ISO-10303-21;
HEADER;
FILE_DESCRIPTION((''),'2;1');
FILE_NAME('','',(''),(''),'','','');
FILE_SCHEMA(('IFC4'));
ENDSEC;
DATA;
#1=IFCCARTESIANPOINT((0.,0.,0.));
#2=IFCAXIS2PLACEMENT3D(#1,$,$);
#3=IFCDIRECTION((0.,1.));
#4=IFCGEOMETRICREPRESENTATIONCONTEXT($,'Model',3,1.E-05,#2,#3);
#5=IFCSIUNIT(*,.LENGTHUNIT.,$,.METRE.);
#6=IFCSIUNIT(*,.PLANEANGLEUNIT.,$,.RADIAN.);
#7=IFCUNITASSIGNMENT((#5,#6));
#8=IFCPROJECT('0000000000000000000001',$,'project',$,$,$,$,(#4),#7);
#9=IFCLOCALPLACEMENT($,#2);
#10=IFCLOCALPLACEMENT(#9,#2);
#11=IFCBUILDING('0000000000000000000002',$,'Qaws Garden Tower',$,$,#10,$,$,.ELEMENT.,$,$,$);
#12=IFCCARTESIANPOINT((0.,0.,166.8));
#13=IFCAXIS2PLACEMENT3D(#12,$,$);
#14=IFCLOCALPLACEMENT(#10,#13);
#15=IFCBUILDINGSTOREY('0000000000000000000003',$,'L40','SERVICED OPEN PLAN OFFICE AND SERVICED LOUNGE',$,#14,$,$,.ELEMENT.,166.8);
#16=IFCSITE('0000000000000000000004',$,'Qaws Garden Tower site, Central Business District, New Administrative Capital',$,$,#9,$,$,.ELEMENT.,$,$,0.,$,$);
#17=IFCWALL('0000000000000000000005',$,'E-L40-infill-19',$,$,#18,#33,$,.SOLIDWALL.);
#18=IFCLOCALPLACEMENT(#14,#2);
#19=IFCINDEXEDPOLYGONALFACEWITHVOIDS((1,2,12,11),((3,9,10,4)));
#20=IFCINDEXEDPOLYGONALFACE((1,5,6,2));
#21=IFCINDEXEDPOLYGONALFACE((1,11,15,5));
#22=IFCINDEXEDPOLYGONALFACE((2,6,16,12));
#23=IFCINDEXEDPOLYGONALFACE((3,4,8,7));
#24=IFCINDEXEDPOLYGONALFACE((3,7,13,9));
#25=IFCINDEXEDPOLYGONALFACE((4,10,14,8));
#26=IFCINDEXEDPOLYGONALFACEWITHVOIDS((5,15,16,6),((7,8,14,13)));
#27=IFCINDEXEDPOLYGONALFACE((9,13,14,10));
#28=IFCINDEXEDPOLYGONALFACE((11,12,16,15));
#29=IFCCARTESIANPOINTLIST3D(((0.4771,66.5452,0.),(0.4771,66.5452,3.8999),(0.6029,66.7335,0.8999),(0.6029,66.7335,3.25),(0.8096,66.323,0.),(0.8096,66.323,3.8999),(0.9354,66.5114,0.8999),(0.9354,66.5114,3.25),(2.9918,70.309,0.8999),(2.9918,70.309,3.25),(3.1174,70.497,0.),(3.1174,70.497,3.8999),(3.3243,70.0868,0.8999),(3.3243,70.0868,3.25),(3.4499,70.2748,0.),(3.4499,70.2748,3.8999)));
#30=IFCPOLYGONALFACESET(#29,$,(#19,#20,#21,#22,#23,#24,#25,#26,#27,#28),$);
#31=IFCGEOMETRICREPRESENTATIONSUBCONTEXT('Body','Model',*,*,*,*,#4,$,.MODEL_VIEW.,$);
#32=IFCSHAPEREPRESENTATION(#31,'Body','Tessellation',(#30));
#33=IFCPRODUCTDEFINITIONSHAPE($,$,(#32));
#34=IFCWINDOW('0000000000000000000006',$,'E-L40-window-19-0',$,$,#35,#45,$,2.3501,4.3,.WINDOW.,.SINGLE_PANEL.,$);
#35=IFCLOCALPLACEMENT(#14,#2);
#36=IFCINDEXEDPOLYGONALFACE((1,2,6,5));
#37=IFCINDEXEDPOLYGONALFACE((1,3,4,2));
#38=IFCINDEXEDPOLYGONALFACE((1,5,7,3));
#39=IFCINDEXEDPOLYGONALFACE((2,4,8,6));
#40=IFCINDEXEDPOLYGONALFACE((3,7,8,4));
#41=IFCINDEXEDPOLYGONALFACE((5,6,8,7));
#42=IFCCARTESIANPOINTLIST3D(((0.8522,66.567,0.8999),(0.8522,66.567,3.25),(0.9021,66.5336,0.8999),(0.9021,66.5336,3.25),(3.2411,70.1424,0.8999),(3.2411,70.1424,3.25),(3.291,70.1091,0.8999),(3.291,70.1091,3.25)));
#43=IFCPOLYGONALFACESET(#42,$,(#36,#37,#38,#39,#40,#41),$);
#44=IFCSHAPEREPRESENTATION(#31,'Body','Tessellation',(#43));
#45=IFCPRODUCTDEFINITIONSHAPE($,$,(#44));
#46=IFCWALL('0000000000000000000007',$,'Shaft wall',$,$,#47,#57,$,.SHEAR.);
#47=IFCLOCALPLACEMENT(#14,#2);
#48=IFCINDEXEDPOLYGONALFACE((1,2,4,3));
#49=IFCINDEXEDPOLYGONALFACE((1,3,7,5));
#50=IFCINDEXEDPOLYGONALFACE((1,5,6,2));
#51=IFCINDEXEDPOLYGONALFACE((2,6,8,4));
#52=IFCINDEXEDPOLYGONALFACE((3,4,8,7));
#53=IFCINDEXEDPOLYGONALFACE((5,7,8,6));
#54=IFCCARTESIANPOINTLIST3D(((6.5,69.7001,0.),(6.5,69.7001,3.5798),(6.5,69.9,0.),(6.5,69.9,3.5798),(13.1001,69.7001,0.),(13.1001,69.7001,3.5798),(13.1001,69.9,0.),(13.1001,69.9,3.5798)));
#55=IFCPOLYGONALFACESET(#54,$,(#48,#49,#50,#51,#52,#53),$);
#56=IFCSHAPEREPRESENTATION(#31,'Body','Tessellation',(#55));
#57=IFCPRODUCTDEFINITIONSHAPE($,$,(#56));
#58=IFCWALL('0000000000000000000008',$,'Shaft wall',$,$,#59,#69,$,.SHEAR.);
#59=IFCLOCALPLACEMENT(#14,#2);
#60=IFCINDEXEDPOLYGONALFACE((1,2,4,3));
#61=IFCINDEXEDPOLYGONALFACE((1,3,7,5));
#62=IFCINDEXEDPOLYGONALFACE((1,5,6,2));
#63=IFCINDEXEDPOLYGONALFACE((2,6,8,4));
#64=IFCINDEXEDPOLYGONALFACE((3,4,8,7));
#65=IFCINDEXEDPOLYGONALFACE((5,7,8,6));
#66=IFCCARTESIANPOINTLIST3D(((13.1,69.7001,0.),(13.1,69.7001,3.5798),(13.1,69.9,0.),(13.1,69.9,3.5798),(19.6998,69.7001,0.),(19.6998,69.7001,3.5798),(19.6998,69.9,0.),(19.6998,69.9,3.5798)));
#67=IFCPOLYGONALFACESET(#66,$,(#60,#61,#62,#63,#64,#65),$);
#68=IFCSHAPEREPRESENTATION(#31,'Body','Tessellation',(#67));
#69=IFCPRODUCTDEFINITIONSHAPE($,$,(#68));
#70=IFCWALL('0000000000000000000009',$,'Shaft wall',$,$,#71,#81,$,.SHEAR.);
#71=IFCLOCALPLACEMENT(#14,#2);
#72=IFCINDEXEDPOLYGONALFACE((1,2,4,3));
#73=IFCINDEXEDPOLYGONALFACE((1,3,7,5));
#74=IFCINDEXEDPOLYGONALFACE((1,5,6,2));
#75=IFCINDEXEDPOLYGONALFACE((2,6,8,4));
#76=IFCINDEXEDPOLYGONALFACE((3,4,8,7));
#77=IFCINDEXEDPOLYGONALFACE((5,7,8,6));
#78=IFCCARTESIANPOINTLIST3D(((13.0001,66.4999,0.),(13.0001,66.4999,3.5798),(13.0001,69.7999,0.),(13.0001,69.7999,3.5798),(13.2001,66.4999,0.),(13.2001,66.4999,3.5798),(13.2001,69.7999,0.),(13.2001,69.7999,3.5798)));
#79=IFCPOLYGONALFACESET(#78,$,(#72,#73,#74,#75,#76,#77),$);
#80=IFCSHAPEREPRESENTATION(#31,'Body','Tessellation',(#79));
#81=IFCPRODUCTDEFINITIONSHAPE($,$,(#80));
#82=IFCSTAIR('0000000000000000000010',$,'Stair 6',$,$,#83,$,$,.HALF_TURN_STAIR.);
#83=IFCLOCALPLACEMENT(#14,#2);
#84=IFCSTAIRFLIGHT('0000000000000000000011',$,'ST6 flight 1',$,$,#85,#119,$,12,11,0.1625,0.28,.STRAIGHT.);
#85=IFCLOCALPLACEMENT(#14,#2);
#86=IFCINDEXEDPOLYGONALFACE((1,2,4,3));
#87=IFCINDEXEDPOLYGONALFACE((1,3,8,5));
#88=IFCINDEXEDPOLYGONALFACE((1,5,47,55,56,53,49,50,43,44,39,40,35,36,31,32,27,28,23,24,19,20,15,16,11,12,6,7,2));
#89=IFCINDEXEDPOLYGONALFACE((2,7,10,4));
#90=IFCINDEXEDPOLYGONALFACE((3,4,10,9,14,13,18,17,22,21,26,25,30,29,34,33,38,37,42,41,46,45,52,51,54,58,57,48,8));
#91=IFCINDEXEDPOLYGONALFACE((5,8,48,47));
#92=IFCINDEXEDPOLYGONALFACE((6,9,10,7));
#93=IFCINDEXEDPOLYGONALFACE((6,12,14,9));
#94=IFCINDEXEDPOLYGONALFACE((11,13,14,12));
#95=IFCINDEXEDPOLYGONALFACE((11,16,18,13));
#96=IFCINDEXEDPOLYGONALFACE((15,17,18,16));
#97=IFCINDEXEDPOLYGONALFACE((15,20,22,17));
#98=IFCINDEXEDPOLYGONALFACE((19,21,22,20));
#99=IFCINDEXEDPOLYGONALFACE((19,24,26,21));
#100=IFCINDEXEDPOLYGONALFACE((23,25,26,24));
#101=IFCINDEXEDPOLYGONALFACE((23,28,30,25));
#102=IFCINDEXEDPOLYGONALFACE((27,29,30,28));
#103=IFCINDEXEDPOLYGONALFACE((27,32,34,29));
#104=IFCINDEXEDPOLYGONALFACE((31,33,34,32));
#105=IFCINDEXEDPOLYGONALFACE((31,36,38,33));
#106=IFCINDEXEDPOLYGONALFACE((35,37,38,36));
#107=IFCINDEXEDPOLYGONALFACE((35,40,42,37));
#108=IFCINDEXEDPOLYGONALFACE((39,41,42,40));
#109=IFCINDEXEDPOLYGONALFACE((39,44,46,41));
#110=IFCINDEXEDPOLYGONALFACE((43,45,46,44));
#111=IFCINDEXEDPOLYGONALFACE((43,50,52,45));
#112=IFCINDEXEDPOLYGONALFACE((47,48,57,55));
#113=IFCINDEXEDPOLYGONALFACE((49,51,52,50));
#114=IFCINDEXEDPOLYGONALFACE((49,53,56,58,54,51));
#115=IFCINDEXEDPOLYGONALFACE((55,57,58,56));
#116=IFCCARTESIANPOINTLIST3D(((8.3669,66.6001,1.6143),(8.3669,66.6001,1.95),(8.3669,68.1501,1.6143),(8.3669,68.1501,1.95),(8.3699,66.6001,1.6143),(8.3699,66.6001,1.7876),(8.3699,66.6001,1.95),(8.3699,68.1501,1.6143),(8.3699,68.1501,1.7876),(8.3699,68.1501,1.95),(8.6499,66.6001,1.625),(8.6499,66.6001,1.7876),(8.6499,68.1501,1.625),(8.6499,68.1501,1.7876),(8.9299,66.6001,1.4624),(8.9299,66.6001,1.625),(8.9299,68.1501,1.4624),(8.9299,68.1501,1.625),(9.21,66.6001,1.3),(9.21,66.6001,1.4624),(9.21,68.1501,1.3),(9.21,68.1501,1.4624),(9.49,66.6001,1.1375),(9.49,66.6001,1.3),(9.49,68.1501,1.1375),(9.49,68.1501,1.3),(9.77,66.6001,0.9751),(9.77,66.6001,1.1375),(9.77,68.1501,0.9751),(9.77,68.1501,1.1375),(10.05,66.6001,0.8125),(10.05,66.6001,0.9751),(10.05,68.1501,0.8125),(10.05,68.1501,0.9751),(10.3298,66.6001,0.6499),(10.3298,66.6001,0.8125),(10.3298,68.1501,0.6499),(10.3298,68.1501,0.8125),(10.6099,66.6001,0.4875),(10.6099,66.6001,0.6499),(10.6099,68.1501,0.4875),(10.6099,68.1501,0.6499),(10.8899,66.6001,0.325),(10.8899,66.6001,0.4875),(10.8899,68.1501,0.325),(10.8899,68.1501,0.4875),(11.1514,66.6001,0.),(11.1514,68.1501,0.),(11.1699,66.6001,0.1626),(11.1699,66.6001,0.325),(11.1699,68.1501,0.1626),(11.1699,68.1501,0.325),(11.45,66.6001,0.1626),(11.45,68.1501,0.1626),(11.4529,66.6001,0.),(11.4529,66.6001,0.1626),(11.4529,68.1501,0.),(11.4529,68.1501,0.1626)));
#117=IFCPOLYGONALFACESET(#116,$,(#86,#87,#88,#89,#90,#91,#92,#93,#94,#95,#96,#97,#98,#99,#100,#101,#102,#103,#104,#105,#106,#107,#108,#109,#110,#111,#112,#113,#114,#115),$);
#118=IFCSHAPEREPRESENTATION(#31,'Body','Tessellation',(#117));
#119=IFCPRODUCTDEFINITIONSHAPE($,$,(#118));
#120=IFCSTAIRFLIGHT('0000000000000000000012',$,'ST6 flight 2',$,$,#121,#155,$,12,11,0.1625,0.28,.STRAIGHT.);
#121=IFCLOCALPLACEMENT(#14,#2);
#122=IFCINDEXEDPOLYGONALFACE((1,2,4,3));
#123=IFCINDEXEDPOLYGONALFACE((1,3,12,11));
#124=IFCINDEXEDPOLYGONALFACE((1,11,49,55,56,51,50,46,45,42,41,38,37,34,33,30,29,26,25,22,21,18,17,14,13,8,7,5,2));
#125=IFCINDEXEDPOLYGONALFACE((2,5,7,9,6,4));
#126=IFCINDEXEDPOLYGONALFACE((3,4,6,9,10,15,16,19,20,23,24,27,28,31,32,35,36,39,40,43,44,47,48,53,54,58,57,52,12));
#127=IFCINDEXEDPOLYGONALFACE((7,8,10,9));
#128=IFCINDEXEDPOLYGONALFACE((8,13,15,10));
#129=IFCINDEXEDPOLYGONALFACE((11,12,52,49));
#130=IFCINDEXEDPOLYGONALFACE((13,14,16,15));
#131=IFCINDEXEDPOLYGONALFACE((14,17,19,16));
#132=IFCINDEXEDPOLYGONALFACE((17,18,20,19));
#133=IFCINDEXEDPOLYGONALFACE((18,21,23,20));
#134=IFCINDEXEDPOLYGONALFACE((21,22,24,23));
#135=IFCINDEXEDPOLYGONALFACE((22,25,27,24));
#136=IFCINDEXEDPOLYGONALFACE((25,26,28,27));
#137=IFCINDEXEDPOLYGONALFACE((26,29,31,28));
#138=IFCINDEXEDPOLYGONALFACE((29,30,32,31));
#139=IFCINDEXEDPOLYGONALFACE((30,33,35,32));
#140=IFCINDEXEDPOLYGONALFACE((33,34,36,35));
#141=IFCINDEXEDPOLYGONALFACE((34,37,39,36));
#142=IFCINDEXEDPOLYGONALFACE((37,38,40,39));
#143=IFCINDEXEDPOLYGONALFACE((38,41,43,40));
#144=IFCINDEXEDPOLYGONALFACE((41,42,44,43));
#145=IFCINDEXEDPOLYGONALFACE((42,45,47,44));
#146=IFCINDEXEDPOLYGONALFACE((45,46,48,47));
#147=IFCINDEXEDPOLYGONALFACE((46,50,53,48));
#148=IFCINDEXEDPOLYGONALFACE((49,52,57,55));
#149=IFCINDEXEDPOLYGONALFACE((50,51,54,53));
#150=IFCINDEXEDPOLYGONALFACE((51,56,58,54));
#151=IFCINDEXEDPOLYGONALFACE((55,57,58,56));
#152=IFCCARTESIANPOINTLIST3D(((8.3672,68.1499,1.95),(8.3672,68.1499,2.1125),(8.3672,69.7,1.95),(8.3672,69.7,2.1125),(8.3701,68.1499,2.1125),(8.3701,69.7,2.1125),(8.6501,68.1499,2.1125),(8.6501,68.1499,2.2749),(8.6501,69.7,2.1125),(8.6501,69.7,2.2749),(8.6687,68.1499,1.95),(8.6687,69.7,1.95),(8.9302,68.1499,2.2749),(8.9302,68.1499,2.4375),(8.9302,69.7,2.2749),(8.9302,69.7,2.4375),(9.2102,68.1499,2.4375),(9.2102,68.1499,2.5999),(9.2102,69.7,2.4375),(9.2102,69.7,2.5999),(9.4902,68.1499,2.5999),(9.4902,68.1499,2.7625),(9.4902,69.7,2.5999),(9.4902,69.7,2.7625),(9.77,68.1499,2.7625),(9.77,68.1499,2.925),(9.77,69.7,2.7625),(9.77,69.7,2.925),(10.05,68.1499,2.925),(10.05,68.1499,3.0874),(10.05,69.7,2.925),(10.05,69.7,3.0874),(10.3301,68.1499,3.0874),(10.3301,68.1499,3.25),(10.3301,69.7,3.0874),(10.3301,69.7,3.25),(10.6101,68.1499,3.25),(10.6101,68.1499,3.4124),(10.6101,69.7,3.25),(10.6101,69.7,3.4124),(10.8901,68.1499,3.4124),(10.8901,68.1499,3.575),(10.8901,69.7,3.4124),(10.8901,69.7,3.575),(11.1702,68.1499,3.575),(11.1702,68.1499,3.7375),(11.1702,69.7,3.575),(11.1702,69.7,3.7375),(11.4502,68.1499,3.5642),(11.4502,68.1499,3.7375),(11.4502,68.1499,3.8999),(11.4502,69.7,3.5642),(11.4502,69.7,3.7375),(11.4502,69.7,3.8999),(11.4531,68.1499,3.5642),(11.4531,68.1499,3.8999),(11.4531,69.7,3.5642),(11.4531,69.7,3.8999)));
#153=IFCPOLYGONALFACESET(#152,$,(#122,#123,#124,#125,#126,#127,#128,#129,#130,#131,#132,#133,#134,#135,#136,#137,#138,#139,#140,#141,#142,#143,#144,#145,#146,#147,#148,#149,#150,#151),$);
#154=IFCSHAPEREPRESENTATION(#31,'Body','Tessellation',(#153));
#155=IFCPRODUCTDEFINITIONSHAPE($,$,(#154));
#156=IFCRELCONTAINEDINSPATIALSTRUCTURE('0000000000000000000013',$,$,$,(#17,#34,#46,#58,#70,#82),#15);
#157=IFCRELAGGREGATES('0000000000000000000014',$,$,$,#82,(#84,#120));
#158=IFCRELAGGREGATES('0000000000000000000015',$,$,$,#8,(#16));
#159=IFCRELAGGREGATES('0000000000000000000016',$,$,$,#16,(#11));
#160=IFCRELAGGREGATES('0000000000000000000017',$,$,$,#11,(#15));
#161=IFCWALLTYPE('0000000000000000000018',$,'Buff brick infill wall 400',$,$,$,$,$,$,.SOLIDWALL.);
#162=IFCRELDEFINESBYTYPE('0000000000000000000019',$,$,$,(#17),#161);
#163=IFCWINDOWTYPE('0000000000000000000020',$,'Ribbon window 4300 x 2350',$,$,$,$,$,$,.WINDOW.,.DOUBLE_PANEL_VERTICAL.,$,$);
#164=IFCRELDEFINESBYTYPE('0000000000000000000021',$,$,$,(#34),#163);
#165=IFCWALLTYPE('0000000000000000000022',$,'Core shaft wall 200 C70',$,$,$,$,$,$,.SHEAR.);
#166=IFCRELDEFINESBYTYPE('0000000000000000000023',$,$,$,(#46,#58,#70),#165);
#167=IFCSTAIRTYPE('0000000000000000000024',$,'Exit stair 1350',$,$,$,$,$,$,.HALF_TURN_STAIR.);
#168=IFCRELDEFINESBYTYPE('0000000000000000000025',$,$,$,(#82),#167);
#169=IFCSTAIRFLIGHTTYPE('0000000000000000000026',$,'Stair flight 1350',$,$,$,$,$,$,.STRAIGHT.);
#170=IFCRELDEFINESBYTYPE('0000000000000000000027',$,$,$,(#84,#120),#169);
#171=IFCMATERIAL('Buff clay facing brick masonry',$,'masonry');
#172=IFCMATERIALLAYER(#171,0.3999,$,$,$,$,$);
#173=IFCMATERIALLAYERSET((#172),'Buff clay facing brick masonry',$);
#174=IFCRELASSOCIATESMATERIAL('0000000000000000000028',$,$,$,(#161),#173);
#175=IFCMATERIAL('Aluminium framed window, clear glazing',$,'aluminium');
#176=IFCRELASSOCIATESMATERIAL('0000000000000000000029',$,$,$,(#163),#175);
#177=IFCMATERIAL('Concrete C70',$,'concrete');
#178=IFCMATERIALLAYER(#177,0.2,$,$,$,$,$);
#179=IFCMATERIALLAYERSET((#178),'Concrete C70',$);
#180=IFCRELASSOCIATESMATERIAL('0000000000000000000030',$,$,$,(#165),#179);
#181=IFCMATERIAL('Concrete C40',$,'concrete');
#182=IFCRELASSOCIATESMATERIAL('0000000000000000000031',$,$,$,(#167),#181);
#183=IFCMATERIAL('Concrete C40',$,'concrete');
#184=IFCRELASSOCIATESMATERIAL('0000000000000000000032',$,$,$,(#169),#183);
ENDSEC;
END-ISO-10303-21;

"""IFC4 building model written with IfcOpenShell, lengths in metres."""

from ifc_helpers import new_model, si_unit, direction, frame, frame_2d, origin, place, context, subcontext, project, spatial, polyline, rectangle, outline, extrude, material, layer, layer_set, type_object, element, fill, aggregate, save


model = new_model("IFC4")

# Units and contexts
model_context = context("Model", 3, precision=1e-05, world=origin(), true_north=direction((0.0, 1.0)))
body_context = subcontext(model_context, "Body", "Model", "MODEL_VIEW")
ifc_project = project(units=[si_unit("LENGTHUNIT", "METRE"), si_unit("PLANEANGLEUNIT", "RADIAN")], contexts=[model_context])

# Site, building, storey
site_placement = place(None, origin())
site = spatial("IfcSite", under=ifc_project, at=site_placement, Name="Qaws Garden Tower site, Central Business District, New Administrative Capital", CompositionType="ELEMENT", RefElevation=0.0)
building_placement = place(site_placement, origin())
building = spatial("IfcBuilding", under=site, at=building_placement, Name="Qaws Garden Tower", CompositionType="ELEMENT")
storey_placement = place(building_placement, frame((0.0, 0.0, 166.8)))
storey = spatial("IfcBuildingStorey", under=building, at=storey_placement, Name="L40", Description="SERVICED OPEN PLAN OFFICE AND SERVICED LOUNGE", CompositionType="ELEMENT", Elevation=166.8)

# Wall, opening, window
ifc_material_1 = material(Name="Buff clay facing brick masonry", Category="masonry")
ifc_layer_1 = layer(ifc_material_1, 0.3999)
ifc_layer_set_1 = layer_set([ifc_layer_1], Name="Buff clay facing brick masonry")
wall_type_1 = type_object("IfcWallType", Name="Buff brick infill wall 400", PredefinedType="SOLIDWALL", material=ifc_layer_set_1)
ifc_material_2 = material(Name="Aluminium framed window, clear glazing", Category="aluminium")
window_type = type_object("IfcWindowType", Name="Ribbon window 4300 x 2350", PartitioningType="DOUBLE_PANEL_VERTICAL", PredefinedType="WINDOW", material=ifc_material_2)
wall_1_placement = place(storey_placement, frame((3.2837, 70.386, 0.0), z_axis=(0.0, 0.0, 1.0), x_axis=(-0.555542, -0.831489, 0.0)))
wall_1 = element("IfcWall", 1, at=wall_1_placement, inside=storey, type_object=wall_type_1, Name="E-L40-infill-19", PredefinedType="SOLIDWALL", context=body_context, shape_type="SweptSolid", body=[
    extrude(rectangle(XDim=4.7527, YDim=0.3999, at=frame_2d((2.3765, 0.0))), origin(), (0.0, 0.0, 1.0), 3.8999),
])
opening_1_placement = place(wall_1_placement, frame((0.2263, 0.0, 0.8999)))
opening_1 = element("IfcOpeningElement", 2, at=opening_1_placement, cuts=wall_1, PredefinedType="OPENING", context=body_context, shape_type="SweptSolid", body=[
    extrude(rectangle(XDim=4.3, YDim=2.3501, at=frame_2d((2.1499, 1.175))), frame((0.0, 0.21, 0.0), z_axis=(0.0, -1.0, 0.0), x_axis=(1.0, 0.0, 0.0)), (0.0, 0.0, 1.0), 0.4199),
])
window_1_placement = place(opening_1_placement, origin())
window_1 = element("IfcWindow", 3, at=window_1_placement, inside=storey, type_object=window_type, Name="E-L40-window-19-0", OverallHeight=2.3501, OverallWidth=4.3, PartitioningType="SINGLE_PANEL", PredefinedType="WINDOW", context=body_context, shape_type="SweptSolid", body=[
    extrude(rectangle(XDim=4.3, YDim=2.3501, at=frame_2d((2.1499, 1.175))), frame((0.0, 0.1599, 0.0), z_axis=(0.0, -1.0, 0.0), x_axis=(1.0, 0.0, 0.0)), (0.0, 0.0, 1.0), 0.0601),
])
fill(opening_1, window_1)

# Walls
ifc_material_3 = material(Name="Concrete C70", Category="concrete")
ifc_layer_2 = layer(ifc_material_3, 0.2)
ifc_layer_set_2 = layer_set([ifc_layer_2], Name="Concrete C70")
wall_type_2 = type_object("IfcWallType", Name="Core shaft wall 200 C70", PredefinedType="SHEAR", material=ifc_layer_set_2)
wall_2_placement = place(storey_placement, frame((6.5, 69.8, 0.0), z_axis=(0.0, 0.0, 1.0), x_axis=(1.0, 0.0, 0.0)))
element("IfcWall", 4, at=wall_2_placement, inside=storey, type_object=wall_type_2, Name="Shaft wall", PredefinedType="SHEAR", context=body_context, shape_type="SweptSolid", body=[
    extrude(rectangle(XDim=6.6001, YDim=0.2, at=frame_2d((3.3, 0.0))), origin(), (0.0, 0.0, 1.0), 3.5798),
])
wall_3_placement = place(storey_placement, frame((13.1001, 69.8, 0.0), z_axis=(0.0, 0.0, 1.0), x_axis=(1.0, 0.0, 0.0)))
element("IfcWall", 5, at=wall_3_placement, inside=storey, type_object=wall_type_2, Name="Shaft wall", PredefinedType="SHEAR", context=body_context, shape_type="SweptSolid", body=[
    extrude(rectangle(XDim=6.5999, YDim=0.2, at=frame_2d((3.2998, 0.0))), origin(), (0.0, 0.0, 1.0), 3.5798),
])
wall_4_placement = place(storey_placement, frame((13.1001, 66.5, 0.0), z_axis=(0.0, 0.0, 1.0), x_axis=(0.0, 1.0, 0.0)))
element("IfcWall", 6, at=wall_4_placement, inside=storey, type_object=wall_type_2, Name="Shaft wall", PredefinedType="SHEAR", context=body_context, shape_type="SweptSolid", body=[
    extrude(rectangle(XDim=3.3, YDim=0.2, at=frame_2d((1.6499, 0.0))), origin(), (0.0, 0.0, 1.0), 3.5798),
])

# Stair, stair flights
ifc_material_4 = material(Name="Concrete C40", Category="concrete")
stair_type = type_object("IfcStairType", Name="Exit stair 1350", PredefinedType="HALF_TURN_STAIR", material=ifc_material_4)
placement = place(storey_placement, origin())
stair_1 = element("IfcStair", 7, at=placement, inside=storey, type_object=stair_type, Name="Stair 6", PredefinedType="HALF_TURN_STAIR")
ifc_material_5 = material(Name="Concrete C40", Category="concrete")
stair_flight_type = type_object("IfcStairFlightType", Name="Stair flight 1350", PredefinedType="STRAIGHT", material=ifc_material_5)
stair_flight_1_placement = place(storey_placement, frame((11.45, 67.375, 0.0), z_axis=(0.0, 0.0, 1.0), x_axis=(-1.0, 0.0, 0.0)))
stair_flight_1 = element("IfcStairFlight", 8, at=stair_flight_1_placement, type_object=stair_flight_type, Name="ST6 flight 1", NumberOfRisers=12, NumberOfTreads=11, PredefinedType="STRAIGHT", RiserHeight=0.1625, TreadLength=0.28, context=body_context, shape_type="SweptSolid", body=[
    extrude(outline(polyline([(-0.0029, 0.0), (-0.0029, 0.1626), (0.0, 0.1626), (0.28, 0.1626), (0.28, 0.325), (0.5601, 0.325), (0.5601, 0.4875), (0.8401, 0.4875), (0.8401, 0.6499), (1.1201, 0.6499), (1.1201, 0.8125), (1.3999, 0.8125), (1.3999, 0.9751), (1.6799, 0.9751), (1.6799, 1.1375), (1.96, 1.1375), (1.96, 1.3), (2.24, 1.3), (2.24, 1.4624), (2.52, 1.4624), (2.52, 1.625), (2.8, 1.625), (2.8, 1.7876), (3.0801, 1.7876), (3.0801, 1.95), (3.083, 1.95), (3.083, 1.6143), (3.0801, 1.6143), (0.2986, 0.0), (-0.0029, 0.0)])), frame((0.0, 0.7749, 0.0), z_axis=(0.0, -1.0, 0.0), x_axis=(1.0, 0.0, 0.0)), (0.0, 0.0, 1.0), 1.55),
])
stair_flight_2_placement = place(storey_placement, frame((8.3701, 68.925, 1.95), z_axis=(0.0, 0.0, 1.0), x_axis=(1.0, 0.0, 0.0)))
stair_flight_2 = element("IfcStairFlight", 9, at=stair_flight_2_placement, type_object=stair_flight_type, Name="ST6 flight 2", NumberOfRisers=12, NumberOfTreads=11, PredefinedType="STRAIGHT", RiserHeight=0.1625, TreadLength=0.28, context=body_context, shape_type="SweptSolid", body=[
    extrude(outline(polyline([(-0.0029, 0.0), (-0.0029, 0.1626), (0.0, 0.1626), (0.28, 0.1626), (0.28, 0.325), (0.5601, 0.325), (0.5601, 0.4875), (0.8401, 0.4875), (0.8401, 0.6499), (1.1201, 0.6499), (1.1201, 0.8125), (1.3999, 0.8125), (1.3999, 0.9751), (1.6799, 0.9751), (1.6799, 1.1375), (1.96, 1.1375), (1.96, 1.3), (2.24, 1.3), (2.24, 1.4624), (2.52, 1.4624), (2.52, 1.625), (2.8, 1.625), (2.8, 1.7876), (3.0801, 1.7876), (3.0801, 1.95), (3.083, 1.95), (3.083, 1.6143), (3.0801, 1.6143), (0.2986, 0.0), (-0.0029, 0.0)])), frame((0.0, 0.7749, 0.0), z_axis=(0.0, -1.0, 0.0), x_axis=(1.0, 0.0, 0.0)), (0.0, 0.0, 1.0), 1.55),
])
aggregate(stair_1, [stair_flight_1, stair_flight_2])

save(model, "model.ifc")
